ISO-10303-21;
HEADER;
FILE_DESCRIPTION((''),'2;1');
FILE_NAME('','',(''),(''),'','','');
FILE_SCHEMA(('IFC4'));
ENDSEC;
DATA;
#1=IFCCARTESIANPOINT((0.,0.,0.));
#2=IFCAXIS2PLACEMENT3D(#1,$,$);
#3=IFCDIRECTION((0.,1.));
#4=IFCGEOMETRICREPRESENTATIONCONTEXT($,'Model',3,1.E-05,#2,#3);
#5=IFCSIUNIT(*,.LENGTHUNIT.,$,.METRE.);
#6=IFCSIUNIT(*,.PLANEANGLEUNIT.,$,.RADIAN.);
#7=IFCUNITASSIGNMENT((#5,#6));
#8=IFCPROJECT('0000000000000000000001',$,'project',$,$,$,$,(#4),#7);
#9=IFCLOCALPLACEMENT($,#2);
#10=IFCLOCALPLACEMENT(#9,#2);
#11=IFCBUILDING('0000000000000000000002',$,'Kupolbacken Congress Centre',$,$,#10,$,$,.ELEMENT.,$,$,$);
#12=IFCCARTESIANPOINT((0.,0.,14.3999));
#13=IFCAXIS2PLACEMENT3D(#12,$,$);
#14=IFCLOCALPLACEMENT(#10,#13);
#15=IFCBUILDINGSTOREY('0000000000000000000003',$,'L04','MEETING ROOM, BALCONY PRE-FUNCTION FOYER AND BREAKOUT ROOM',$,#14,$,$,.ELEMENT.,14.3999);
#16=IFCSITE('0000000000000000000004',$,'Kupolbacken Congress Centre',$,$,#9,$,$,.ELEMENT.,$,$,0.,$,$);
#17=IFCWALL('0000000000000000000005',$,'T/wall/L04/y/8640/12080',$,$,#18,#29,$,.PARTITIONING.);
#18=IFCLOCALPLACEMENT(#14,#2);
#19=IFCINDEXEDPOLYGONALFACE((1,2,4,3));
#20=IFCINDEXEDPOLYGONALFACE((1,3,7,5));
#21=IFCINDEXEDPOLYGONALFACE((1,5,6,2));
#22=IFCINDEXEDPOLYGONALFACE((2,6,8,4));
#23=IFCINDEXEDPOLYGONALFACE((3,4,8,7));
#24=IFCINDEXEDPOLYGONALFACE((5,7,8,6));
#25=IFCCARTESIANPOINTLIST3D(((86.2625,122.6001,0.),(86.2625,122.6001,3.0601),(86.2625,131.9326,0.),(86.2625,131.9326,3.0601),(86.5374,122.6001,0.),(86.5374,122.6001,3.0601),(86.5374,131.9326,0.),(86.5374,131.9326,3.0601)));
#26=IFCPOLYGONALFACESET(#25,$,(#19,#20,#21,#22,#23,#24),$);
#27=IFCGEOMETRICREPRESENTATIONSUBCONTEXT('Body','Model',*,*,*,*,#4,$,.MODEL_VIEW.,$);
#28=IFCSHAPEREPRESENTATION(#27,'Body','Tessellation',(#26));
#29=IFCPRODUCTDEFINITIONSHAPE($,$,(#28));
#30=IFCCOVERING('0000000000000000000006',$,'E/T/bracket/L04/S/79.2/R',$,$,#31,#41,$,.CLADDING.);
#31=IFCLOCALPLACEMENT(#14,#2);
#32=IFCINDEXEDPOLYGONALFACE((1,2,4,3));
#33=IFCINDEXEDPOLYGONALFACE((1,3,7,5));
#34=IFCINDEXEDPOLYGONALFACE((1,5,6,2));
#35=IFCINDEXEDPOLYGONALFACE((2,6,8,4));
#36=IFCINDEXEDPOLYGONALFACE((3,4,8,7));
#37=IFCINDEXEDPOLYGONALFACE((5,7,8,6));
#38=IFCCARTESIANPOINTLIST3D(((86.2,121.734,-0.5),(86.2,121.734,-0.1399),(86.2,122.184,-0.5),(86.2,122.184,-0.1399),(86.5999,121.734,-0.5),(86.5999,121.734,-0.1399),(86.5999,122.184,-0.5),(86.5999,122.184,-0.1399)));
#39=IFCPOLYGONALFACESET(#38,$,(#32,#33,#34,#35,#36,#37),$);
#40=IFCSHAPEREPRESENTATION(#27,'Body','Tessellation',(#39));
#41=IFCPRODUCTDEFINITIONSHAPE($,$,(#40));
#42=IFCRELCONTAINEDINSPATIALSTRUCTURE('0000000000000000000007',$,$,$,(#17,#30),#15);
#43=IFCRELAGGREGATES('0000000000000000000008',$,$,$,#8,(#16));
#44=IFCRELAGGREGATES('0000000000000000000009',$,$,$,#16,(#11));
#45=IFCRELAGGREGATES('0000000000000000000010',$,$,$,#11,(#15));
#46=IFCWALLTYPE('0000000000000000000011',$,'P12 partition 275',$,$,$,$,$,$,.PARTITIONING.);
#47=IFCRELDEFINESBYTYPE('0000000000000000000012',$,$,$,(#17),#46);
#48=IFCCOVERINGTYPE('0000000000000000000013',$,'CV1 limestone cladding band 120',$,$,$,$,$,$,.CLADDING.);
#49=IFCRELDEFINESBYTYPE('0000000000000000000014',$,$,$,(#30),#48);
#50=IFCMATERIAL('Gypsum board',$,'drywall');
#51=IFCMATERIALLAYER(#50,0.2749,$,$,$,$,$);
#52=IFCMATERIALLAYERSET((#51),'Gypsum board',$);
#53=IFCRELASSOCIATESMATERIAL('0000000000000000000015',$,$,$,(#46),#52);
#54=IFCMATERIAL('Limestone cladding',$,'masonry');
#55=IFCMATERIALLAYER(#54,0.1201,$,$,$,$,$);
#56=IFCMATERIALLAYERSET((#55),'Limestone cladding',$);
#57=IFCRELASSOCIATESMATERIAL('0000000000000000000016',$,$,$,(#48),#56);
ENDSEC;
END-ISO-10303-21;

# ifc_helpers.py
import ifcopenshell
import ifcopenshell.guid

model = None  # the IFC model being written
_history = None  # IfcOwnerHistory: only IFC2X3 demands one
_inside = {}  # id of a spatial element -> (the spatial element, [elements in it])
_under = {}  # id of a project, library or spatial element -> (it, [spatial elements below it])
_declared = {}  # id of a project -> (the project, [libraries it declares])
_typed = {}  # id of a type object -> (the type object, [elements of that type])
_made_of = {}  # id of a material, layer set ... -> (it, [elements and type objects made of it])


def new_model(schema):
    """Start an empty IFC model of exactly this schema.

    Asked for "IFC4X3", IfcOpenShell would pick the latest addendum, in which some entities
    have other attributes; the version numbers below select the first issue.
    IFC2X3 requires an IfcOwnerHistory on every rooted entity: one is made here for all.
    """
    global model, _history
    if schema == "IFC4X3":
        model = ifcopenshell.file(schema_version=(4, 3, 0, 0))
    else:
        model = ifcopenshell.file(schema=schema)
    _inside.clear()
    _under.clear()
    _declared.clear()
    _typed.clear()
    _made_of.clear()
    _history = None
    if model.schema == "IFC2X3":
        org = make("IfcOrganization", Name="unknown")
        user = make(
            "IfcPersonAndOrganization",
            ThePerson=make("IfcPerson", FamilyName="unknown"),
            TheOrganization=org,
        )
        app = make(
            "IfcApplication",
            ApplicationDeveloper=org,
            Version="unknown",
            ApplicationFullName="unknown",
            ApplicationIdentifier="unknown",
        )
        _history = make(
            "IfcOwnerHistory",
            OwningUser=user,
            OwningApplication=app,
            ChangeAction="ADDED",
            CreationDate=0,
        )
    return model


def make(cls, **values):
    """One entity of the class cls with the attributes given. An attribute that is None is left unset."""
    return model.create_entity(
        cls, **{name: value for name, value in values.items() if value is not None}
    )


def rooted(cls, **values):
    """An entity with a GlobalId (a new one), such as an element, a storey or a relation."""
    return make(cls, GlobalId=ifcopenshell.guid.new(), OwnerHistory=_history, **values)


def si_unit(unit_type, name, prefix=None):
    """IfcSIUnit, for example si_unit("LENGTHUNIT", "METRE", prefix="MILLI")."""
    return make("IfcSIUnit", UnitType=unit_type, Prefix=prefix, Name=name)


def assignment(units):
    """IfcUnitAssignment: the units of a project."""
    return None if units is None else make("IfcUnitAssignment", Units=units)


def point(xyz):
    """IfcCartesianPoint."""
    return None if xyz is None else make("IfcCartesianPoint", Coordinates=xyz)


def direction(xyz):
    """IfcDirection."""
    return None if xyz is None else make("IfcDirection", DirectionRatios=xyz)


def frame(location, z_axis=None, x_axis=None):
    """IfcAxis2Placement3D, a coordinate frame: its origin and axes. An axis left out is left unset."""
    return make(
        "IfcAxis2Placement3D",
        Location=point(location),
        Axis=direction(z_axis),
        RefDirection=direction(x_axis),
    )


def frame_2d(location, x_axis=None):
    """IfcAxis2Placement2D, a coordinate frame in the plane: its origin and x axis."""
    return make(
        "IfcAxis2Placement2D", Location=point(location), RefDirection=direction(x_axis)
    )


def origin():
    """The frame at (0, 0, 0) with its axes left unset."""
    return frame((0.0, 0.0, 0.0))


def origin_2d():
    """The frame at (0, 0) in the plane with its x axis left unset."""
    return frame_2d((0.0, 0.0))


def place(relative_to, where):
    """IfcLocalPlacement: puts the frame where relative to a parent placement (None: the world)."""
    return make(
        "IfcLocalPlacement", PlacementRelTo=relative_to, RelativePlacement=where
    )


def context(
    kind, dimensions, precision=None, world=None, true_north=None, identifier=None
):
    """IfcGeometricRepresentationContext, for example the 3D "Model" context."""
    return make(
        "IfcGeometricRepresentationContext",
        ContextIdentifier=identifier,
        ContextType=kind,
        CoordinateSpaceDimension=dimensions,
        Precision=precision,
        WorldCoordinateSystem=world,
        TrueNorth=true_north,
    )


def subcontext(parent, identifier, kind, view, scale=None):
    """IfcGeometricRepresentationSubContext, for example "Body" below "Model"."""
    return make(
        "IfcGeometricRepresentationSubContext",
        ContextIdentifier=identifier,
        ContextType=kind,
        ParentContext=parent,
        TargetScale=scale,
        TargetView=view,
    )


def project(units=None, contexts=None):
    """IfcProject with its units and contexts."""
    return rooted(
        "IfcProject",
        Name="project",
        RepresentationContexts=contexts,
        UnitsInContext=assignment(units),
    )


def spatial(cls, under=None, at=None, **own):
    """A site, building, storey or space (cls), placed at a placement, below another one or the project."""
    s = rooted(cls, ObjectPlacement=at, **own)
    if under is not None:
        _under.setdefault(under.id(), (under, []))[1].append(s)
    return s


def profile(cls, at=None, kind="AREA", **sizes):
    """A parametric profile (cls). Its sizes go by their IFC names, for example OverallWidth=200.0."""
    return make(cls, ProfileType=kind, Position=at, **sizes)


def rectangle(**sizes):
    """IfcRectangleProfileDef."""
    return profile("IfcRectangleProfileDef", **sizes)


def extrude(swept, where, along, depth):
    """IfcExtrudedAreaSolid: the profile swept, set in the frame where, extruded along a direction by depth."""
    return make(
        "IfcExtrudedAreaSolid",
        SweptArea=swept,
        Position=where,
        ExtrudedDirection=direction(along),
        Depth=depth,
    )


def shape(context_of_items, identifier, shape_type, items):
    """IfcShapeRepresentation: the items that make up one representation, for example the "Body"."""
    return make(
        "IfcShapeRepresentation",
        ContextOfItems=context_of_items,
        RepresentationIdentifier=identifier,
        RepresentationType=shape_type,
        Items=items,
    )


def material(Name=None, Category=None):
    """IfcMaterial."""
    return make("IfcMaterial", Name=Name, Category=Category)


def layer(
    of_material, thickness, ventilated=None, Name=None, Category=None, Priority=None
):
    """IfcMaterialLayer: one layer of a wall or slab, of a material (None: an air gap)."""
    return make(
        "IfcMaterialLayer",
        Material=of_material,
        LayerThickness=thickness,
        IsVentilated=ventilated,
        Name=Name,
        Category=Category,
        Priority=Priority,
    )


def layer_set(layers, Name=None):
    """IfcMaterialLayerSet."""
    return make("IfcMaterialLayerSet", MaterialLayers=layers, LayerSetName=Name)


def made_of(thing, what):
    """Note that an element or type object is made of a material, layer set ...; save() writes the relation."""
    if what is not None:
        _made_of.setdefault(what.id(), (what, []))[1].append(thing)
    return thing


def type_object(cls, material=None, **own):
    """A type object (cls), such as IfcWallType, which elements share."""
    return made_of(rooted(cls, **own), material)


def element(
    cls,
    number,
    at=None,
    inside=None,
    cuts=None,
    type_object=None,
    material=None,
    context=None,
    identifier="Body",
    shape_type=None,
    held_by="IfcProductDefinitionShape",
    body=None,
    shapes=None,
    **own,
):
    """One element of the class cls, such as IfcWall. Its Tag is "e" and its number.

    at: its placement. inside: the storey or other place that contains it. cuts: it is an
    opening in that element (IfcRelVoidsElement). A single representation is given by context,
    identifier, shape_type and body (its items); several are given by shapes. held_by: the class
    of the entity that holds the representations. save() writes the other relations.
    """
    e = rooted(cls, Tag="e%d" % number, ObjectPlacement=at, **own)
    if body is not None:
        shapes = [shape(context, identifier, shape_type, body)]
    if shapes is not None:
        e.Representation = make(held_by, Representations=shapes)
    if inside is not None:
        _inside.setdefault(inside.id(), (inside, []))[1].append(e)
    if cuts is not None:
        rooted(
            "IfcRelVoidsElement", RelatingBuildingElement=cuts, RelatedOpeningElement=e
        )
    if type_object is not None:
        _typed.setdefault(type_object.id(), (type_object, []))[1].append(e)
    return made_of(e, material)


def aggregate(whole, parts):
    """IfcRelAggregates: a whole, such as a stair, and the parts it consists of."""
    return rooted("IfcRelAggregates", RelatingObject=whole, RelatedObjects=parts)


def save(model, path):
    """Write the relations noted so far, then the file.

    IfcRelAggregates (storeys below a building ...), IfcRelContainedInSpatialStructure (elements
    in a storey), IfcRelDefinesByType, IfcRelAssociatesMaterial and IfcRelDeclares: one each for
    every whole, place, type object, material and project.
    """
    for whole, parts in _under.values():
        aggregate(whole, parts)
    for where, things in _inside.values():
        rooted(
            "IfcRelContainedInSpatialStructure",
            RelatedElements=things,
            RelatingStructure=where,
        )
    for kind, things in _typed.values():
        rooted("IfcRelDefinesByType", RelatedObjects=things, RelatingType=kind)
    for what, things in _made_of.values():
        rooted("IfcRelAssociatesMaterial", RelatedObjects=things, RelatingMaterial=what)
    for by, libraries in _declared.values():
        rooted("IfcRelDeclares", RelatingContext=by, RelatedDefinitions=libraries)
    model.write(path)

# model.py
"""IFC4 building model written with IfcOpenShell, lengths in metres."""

from ifc_helpers import new_model, si_unit, direction, frame, frame_2d, origin, origin_2d, place, context, subcontext, project, spatial, rectangle, extrude, material, layer, layer_set, type_object, element, save


model = new_model("IFC4")

# Units and contexts
model_context = context("Model", 3, precision=1e-05, world=origin(), true_north=direction((0.0, 1.0)))
body_context = subcontext(model_context, "Body", "Model", "MODEL_VIEW")
ifc_project = project(units=[si_unit("LENGTHUNIT", "METRE"), si_unit("PLANEANGLEUNIT", "RADIAN")], contexts=[model_context])

# Site, building, storey
site_placement = place(None, origin())
site = spatial("IfcSite", under=ifc_project, at=site_placement, Name="Kupolbacken Congress Centre", CompositionType="ELEMENT", RefElevation=0.0)
building_placement = place(site_placement, origin())
building = spatial("IfcBuilding", under=site, at=building_placement, Name="Kupolbacken Congress Centre", CompositionType="ELEMENT")
storey_placement = place(building_placement, frame((0.0, 0.0, 14.3999)))
storey = spatial("IfcBuildingStorey", under=building, at=storey_placement, Name="L04", Description="MEETING ROOM, BALCONY PRE-FUNCTION FOYER AND BREAKOUT ROOM", CompositionType="ELEMENT", Elevation=14.3999)

# Wall
ifc_material_1 = material(Name="Gypsum board", Category="drywall")
ifc_layer_1 = layer(ifc_material_1, 0.2749)
ifc_layer_set_1 = layer_set([ifc_layer_1], Name="Gypsum board")
wall_type_1 = type_object("IfcWallType", Name="P12 partition 275", PredefinedType="PARTITIONING", material=ifc_layer_set_1)
wall_placement = place(storey_placement, frame((86.3999, 122.6001, 0.0), z_axis=(0.0, 0.0, 1.0), x_axis=(0.0, 1.0, 0.0)))
element("IfcWall", 1, at=wall_placement, inside=storey, type_object=wall_type_1, Name="T/wall/L04/y/8640/12080", PredefinedType="PARTITIONING", context=body_context, shape_type="SweptSolid", body=[
    extrude(rectangle(XDim=9.3325, YDim=0.2749, at=frame_2d((4.6663, 0.0))), origin(), (0.0, 0.0, 1.0), 3.0601),
])

# Covering
ifc_material_2 = material(Name="Limestone cladding", Category="masonry")
ifc_layer_2 = layer(ifc_material_2, 0.1201)
ifc_layer_set_2 = layer_set([ifc_layer_2], Name="Limestone cladding")
covering_type = type_object("IfcCoveringType", Name="CV1 limestone cladding band 120", PredefinedType="CLADDING", material=ifc_layer_set_2)
covering_placement = place(storey_placement, frame((86.3999, 121.959, -0.5), z_axis=(0.0, 0.0, 1.0), x_axis=(1.0, 0.0, 0.0)))
element("IfcCovering", 2, at=covering_placement, inside=storey, type_object=covering_type, Name="E/T/bracket/L04/S/79.2/R", PredefinedType="CLADDING", context=body_context, shape_type="SweptSolid", body=[
    extrude(rectangle(XDim=0.3999, YDim=0.45, at=origin_2d()), origin(), (0.0, 0.0, 1.0), 0.3601),
])

save(model, "model.ifc")
